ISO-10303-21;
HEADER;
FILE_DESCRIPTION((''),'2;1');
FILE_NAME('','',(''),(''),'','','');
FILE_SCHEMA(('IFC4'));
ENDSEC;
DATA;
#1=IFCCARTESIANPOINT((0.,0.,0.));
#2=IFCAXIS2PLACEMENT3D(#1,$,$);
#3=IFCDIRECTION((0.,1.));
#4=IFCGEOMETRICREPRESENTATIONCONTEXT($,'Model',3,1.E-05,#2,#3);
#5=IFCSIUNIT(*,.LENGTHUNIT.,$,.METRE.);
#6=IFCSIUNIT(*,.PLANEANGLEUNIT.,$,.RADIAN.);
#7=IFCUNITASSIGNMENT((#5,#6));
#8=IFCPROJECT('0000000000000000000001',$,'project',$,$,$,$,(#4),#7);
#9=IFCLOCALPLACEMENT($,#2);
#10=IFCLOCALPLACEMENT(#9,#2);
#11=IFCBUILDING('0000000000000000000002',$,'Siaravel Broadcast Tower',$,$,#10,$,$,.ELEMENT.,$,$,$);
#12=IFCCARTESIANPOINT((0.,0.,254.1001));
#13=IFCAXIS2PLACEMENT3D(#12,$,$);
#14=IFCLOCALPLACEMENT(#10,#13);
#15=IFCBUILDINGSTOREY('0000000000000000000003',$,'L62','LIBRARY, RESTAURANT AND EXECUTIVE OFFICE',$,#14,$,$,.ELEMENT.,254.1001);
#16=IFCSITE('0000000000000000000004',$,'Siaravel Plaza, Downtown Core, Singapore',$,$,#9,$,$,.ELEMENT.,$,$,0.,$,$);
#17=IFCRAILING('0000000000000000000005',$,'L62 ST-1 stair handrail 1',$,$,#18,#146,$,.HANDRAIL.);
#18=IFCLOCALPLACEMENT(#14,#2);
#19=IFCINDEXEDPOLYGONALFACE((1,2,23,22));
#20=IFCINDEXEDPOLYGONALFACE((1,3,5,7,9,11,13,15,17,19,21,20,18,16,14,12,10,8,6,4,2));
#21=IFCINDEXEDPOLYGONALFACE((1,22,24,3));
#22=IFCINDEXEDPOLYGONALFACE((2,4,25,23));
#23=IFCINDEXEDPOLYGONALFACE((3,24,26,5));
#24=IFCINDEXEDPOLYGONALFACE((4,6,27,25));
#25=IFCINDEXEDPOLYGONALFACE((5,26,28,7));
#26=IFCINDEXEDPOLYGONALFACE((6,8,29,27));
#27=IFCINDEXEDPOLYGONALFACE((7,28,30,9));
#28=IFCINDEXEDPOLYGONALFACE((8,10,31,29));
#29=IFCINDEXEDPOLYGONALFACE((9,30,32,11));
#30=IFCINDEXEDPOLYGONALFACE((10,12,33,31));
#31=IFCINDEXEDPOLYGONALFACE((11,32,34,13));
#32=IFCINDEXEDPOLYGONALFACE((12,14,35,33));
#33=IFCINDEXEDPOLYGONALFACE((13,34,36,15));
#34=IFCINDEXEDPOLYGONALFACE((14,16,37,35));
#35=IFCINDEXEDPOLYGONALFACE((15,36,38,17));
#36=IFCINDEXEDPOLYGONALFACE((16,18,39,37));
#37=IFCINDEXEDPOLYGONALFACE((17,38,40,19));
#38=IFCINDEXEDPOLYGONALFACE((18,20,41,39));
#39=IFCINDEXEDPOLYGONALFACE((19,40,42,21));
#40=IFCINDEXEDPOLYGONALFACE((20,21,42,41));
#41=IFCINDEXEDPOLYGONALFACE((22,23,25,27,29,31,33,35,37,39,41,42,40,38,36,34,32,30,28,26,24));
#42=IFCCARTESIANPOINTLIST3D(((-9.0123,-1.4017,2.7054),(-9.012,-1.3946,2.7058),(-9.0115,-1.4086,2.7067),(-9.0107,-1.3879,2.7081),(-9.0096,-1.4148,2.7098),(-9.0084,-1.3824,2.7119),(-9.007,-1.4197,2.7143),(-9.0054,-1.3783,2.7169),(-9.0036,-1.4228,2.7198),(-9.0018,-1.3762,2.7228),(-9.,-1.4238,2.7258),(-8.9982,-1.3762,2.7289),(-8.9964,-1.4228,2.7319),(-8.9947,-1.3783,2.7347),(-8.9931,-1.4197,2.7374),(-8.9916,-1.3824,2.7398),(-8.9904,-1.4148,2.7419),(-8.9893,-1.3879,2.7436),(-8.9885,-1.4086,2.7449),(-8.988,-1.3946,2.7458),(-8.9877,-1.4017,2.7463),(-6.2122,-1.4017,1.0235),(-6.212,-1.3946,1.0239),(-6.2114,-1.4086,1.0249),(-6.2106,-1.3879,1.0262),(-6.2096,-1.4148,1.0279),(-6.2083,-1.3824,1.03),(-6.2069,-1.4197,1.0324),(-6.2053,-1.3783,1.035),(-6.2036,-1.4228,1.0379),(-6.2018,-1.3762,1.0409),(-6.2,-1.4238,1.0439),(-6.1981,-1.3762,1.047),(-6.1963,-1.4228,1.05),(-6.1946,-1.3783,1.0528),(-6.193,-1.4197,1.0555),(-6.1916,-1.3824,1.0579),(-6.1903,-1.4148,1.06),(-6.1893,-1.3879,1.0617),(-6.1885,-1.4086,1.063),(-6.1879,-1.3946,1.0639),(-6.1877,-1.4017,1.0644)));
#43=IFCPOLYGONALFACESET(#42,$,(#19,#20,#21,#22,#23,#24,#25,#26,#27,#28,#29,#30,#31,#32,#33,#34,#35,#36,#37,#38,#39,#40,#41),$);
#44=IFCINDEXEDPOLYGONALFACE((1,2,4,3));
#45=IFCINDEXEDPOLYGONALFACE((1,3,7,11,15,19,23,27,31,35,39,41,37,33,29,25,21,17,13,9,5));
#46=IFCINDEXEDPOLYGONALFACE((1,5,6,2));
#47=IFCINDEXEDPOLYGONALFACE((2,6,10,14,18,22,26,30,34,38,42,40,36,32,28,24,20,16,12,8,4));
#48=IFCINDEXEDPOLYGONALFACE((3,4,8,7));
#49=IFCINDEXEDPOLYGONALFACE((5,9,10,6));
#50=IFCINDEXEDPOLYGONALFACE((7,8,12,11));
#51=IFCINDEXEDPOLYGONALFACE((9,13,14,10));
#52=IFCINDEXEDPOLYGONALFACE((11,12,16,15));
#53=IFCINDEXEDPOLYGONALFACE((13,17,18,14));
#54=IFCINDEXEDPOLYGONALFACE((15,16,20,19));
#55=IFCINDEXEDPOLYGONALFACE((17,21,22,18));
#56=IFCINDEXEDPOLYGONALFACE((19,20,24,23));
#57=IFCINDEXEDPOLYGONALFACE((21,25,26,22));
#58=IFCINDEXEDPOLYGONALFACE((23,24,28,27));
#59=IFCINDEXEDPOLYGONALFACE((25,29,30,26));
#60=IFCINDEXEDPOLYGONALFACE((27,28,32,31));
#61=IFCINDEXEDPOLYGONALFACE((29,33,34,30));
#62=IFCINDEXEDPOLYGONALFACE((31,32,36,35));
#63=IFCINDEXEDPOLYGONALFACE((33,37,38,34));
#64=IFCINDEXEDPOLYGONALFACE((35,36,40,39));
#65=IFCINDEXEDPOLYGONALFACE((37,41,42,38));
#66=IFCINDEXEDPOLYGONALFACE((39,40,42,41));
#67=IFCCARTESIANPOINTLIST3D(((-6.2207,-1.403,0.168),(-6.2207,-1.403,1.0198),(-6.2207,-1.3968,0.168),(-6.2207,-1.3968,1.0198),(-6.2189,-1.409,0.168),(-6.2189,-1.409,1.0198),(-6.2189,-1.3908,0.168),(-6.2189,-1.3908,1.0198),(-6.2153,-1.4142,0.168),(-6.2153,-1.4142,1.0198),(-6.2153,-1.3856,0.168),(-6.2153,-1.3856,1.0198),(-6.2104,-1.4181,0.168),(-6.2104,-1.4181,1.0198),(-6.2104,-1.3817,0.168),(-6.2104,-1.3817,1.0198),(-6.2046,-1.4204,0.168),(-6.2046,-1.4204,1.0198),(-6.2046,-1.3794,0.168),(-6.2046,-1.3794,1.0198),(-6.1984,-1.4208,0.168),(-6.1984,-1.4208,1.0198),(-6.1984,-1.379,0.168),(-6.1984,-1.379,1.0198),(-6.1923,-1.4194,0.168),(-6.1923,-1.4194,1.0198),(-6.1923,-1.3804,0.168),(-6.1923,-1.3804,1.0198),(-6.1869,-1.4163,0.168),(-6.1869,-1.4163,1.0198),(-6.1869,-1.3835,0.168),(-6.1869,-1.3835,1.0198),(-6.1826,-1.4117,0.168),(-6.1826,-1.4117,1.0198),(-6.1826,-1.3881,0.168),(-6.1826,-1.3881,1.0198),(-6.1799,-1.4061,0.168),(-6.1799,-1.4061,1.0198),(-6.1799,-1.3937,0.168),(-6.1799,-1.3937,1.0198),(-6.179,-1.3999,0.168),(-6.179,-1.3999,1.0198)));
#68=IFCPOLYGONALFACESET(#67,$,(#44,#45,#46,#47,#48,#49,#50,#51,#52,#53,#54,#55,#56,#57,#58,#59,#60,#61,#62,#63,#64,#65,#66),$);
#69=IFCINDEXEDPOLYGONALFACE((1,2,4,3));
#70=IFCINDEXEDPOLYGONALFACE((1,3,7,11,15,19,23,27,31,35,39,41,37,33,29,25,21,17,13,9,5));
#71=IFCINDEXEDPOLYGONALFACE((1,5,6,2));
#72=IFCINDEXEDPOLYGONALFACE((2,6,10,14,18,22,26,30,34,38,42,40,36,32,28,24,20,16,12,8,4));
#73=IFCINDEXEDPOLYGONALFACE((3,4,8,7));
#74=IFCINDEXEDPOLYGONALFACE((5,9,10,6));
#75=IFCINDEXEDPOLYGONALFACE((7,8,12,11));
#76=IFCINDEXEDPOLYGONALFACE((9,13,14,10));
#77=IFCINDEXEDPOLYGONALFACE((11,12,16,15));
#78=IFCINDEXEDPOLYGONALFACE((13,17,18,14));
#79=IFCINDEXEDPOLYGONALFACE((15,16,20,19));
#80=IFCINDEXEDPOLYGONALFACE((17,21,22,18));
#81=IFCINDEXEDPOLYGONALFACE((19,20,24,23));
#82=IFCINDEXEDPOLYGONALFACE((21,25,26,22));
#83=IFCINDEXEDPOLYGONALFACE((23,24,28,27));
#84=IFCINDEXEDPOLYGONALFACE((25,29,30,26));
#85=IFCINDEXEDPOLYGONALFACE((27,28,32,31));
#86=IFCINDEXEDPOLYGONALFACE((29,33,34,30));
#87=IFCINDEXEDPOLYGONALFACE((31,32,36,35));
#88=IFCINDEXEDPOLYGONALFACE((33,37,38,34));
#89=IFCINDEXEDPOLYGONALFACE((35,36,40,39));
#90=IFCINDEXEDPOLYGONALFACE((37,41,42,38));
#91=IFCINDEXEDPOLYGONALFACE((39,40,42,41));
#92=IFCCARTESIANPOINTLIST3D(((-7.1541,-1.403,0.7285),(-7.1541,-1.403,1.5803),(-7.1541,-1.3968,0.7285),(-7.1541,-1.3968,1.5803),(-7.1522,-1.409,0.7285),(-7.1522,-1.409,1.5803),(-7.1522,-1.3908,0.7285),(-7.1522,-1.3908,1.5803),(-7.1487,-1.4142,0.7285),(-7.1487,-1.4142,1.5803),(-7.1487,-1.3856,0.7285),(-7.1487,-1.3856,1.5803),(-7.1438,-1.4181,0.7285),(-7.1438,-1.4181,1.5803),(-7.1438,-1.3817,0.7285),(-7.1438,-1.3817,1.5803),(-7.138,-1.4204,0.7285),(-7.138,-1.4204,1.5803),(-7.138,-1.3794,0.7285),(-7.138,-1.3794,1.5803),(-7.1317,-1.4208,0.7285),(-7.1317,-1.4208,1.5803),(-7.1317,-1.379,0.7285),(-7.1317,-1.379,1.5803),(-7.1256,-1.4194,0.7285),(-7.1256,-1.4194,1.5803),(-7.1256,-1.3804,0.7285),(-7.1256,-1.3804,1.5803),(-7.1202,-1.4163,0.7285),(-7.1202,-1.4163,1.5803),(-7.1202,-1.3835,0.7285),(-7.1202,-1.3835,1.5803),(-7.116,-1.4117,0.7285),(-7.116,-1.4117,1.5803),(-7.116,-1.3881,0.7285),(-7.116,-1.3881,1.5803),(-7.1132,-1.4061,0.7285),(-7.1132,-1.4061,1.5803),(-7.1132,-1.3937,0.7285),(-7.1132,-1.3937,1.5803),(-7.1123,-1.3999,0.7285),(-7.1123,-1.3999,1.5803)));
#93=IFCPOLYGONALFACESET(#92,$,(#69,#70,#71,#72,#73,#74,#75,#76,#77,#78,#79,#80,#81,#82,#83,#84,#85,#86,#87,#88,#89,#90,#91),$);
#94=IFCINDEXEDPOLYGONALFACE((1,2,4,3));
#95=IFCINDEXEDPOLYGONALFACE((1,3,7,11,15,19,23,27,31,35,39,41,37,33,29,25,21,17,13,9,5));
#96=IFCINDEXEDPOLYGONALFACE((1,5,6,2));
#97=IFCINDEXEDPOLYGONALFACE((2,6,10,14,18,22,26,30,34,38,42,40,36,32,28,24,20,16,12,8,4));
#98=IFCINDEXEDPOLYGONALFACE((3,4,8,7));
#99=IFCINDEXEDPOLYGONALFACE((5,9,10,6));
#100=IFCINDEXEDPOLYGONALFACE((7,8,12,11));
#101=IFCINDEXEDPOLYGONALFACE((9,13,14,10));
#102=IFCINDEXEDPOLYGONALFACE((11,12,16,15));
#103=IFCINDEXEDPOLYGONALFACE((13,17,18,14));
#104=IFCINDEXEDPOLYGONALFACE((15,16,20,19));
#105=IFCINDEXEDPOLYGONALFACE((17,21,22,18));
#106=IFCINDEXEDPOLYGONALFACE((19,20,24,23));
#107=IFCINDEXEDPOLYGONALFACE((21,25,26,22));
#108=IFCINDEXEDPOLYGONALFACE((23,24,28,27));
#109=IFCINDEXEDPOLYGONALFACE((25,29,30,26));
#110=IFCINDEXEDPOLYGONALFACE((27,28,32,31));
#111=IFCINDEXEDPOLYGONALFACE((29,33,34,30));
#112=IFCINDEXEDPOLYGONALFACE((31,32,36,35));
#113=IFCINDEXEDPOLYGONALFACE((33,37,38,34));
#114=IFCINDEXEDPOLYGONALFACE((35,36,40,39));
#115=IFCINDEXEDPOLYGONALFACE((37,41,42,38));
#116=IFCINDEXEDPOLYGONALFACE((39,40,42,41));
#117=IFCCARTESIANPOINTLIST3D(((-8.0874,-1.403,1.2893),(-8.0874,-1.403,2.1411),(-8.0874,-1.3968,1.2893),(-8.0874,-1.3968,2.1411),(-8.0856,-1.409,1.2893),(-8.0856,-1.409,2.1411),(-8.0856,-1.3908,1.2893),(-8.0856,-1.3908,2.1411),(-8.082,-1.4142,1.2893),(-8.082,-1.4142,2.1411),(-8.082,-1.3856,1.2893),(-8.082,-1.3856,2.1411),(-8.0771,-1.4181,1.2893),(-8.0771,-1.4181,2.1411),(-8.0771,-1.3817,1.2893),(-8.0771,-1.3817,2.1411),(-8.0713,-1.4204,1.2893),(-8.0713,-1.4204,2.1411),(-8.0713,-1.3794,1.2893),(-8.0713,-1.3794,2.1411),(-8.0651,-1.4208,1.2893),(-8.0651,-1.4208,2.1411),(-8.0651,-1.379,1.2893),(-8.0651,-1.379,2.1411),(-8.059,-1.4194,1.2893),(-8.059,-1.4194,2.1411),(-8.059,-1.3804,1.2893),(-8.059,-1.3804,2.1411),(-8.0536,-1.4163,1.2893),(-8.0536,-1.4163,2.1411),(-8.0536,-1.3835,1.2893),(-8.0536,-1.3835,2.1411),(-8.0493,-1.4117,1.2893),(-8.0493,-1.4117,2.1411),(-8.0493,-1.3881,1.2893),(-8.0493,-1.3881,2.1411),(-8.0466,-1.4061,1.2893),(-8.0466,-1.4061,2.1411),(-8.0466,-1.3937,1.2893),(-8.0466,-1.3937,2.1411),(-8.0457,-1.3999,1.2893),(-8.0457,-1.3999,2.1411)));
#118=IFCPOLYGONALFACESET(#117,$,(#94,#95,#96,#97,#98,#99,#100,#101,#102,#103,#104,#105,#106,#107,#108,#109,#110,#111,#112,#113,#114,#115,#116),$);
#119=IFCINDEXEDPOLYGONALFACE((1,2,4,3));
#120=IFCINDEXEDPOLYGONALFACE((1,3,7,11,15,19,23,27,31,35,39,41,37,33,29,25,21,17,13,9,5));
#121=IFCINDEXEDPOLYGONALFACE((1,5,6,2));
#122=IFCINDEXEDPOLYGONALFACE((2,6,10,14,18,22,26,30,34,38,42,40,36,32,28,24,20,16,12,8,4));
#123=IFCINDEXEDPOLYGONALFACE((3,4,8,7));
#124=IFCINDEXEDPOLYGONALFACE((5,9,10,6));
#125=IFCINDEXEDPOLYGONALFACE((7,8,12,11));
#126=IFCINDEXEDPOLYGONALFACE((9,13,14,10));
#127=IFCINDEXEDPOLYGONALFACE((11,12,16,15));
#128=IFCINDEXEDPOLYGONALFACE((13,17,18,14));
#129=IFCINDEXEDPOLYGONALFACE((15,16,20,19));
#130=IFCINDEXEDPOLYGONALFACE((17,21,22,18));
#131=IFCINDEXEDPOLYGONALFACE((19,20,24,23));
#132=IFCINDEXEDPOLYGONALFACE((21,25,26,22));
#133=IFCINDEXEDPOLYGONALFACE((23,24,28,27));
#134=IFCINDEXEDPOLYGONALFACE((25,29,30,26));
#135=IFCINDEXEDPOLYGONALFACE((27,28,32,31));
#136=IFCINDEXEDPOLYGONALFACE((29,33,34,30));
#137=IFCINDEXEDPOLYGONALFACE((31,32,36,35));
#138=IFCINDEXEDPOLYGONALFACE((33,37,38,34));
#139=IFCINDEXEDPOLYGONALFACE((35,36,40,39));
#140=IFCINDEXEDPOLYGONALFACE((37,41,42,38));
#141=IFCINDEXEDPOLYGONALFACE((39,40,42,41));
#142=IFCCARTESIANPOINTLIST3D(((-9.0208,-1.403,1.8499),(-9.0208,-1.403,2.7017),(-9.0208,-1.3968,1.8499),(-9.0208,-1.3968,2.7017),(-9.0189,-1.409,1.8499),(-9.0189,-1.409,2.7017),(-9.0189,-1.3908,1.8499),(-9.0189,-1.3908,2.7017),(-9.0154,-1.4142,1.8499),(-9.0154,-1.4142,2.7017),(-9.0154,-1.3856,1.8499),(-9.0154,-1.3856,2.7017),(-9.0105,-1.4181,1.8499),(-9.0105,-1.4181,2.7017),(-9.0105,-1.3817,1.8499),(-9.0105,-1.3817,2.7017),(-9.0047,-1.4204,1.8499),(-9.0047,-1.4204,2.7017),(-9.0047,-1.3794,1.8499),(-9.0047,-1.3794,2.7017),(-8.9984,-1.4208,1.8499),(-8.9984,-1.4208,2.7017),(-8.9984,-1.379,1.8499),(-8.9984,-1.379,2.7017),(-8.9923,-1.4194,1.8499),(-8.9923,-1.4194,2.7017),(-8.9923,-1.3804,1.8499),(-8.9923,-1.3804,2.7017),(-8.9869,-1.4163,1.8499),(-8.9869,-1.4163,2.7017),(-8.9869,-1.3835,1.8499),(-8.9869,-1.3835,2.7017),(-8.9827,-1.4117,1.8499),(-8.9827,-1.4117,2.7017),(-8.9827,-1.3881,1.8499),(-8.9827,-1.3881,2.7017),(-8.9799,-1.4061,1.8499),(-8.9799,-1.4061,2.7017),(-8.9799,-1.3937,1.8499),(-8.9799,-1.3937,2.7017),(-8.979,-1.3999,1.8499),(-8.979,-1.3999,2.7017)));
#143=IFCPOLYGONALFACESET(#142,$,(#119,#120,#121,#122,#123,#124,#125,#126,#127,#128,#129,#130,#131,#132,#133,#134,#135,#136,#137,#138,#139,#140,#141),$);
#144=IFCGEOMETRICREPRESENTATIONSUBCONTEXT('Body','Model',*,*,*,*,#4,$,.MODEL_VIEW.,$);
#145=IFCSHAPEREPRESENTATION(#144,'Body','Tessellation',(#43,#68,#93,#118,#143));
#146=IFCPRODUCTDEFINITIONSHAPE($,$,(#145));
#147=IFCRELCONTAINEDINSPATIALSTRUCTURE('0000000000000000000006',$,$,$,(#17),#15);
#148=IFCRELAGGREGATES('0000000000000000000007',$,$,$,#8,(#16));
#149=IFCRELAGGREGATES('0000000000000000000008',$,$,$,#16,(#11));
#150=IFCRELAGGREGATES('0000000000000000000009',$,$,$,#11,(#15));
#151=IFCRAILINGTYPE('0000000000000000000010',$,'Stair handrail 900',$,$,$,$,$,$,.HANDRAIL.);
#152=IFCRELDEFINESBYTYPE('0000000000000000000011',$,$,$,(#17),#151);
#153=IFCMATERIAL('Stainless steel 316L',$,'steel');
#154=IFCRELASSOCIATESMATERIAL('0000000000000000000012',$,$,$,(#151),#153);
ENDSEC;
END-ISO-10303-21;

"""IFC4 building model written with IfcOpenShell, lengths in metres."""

from ifc_helpers import new_model, si_unit, direction, frame, origin, origin_2d, place, context, subcontext, project, spatial, circle, extrude, material, type_object, element, save


model = new_model("IFC4")

# Units and contexts
model_context = context("Model", 3, precision=1e-05, world=origin(), true_north=direction((0.0, 1.0)))
body_context = subcontext(model_context, "Body", "Model", "MODEL_VIEW")
ifc_project = project(units=[si_unit("LENGTHUNIT", "METRE"), si_unit("PLANEANGLEUNIT", "RADIAN")], contexts=[model_context])

# Site, building, storey
site_placement = place(None, origin())
site = spatial("IfcSite", under=ifc_project, at=site_placement, Name="Siaravel Plaza, Downtown Core, Singapore", CompositionType="ELEMENT", RefElevation=0.0)
building_placement = place(site_placement, origin())
building = spatial("IfcBuilding", under=site, at=building_placement, Name="Siaravel Broadcast Tower", CompositionType="ELEMENT")
storey_placement = place(building_placement, frame((0.0, 0.0, 254.1001)))
storey = spatial("IfcBuildingStorey", under=building, at=storey_placement, Name="L62", Description="LIBRARY, RESTAURANT AND EXECUTIVE OFFICE", CompositionType="ELEMENT", Elevation=254.1001)

# Shared definitions
ifc_material_1 = material(Name="Stainless steel 316L", Category="steel")

# Railing
railing_type_1 = type_object("IfcRailingType", Name="Stair handrail 900", PredefinedType="HANDRAIL", material=ifc_material_1)
railing_1_placement = place(storey_placement, frame((-6.2, -1.3999, 0.168)))
element("IfcRailing", 1, at=railing_1_placement, inside=storey, type_object=railing_type_1, Name="L62 ST-1 stair handrail 1", PredefinedType="HANDRAIL", context=body_context, shape_type="SweptSolid", body=[
    extrude(circle(Radius=0.0239, at=origin_2d()), frame((0.0, 0.0, 0.876), z_axis=(-0.857242, 0.0, 0.514913), x_axis=(0.0, -1.0, 0.0)), (0.0, 0.0, 1.0), 3.2664),
    extrude(circle(Radius=0.021, at=origin_2d()), origin(), (0.0, 0.0, 1.0), 0.8518),
    extrude(circle(Radius=0.021, at=origin_2d()), frame((-0.9333, 0.0, 0.5605)), (0.0, 0.0, 1.0), 0.8518),
    extrude(circle(Radius=0.021, at=origin_2d()), frame((-1.8667, 0.0, 1.1213)), (0.0, 0.0, 1.0), 0.8518),
    extrude(circle(Radius=0.021, at=origin_2d()), frame((-2.8, 0.0, 1.6819)), (0.0, 0.0, 1.0), 0.8518),
])

save(model, "model.ifc")
